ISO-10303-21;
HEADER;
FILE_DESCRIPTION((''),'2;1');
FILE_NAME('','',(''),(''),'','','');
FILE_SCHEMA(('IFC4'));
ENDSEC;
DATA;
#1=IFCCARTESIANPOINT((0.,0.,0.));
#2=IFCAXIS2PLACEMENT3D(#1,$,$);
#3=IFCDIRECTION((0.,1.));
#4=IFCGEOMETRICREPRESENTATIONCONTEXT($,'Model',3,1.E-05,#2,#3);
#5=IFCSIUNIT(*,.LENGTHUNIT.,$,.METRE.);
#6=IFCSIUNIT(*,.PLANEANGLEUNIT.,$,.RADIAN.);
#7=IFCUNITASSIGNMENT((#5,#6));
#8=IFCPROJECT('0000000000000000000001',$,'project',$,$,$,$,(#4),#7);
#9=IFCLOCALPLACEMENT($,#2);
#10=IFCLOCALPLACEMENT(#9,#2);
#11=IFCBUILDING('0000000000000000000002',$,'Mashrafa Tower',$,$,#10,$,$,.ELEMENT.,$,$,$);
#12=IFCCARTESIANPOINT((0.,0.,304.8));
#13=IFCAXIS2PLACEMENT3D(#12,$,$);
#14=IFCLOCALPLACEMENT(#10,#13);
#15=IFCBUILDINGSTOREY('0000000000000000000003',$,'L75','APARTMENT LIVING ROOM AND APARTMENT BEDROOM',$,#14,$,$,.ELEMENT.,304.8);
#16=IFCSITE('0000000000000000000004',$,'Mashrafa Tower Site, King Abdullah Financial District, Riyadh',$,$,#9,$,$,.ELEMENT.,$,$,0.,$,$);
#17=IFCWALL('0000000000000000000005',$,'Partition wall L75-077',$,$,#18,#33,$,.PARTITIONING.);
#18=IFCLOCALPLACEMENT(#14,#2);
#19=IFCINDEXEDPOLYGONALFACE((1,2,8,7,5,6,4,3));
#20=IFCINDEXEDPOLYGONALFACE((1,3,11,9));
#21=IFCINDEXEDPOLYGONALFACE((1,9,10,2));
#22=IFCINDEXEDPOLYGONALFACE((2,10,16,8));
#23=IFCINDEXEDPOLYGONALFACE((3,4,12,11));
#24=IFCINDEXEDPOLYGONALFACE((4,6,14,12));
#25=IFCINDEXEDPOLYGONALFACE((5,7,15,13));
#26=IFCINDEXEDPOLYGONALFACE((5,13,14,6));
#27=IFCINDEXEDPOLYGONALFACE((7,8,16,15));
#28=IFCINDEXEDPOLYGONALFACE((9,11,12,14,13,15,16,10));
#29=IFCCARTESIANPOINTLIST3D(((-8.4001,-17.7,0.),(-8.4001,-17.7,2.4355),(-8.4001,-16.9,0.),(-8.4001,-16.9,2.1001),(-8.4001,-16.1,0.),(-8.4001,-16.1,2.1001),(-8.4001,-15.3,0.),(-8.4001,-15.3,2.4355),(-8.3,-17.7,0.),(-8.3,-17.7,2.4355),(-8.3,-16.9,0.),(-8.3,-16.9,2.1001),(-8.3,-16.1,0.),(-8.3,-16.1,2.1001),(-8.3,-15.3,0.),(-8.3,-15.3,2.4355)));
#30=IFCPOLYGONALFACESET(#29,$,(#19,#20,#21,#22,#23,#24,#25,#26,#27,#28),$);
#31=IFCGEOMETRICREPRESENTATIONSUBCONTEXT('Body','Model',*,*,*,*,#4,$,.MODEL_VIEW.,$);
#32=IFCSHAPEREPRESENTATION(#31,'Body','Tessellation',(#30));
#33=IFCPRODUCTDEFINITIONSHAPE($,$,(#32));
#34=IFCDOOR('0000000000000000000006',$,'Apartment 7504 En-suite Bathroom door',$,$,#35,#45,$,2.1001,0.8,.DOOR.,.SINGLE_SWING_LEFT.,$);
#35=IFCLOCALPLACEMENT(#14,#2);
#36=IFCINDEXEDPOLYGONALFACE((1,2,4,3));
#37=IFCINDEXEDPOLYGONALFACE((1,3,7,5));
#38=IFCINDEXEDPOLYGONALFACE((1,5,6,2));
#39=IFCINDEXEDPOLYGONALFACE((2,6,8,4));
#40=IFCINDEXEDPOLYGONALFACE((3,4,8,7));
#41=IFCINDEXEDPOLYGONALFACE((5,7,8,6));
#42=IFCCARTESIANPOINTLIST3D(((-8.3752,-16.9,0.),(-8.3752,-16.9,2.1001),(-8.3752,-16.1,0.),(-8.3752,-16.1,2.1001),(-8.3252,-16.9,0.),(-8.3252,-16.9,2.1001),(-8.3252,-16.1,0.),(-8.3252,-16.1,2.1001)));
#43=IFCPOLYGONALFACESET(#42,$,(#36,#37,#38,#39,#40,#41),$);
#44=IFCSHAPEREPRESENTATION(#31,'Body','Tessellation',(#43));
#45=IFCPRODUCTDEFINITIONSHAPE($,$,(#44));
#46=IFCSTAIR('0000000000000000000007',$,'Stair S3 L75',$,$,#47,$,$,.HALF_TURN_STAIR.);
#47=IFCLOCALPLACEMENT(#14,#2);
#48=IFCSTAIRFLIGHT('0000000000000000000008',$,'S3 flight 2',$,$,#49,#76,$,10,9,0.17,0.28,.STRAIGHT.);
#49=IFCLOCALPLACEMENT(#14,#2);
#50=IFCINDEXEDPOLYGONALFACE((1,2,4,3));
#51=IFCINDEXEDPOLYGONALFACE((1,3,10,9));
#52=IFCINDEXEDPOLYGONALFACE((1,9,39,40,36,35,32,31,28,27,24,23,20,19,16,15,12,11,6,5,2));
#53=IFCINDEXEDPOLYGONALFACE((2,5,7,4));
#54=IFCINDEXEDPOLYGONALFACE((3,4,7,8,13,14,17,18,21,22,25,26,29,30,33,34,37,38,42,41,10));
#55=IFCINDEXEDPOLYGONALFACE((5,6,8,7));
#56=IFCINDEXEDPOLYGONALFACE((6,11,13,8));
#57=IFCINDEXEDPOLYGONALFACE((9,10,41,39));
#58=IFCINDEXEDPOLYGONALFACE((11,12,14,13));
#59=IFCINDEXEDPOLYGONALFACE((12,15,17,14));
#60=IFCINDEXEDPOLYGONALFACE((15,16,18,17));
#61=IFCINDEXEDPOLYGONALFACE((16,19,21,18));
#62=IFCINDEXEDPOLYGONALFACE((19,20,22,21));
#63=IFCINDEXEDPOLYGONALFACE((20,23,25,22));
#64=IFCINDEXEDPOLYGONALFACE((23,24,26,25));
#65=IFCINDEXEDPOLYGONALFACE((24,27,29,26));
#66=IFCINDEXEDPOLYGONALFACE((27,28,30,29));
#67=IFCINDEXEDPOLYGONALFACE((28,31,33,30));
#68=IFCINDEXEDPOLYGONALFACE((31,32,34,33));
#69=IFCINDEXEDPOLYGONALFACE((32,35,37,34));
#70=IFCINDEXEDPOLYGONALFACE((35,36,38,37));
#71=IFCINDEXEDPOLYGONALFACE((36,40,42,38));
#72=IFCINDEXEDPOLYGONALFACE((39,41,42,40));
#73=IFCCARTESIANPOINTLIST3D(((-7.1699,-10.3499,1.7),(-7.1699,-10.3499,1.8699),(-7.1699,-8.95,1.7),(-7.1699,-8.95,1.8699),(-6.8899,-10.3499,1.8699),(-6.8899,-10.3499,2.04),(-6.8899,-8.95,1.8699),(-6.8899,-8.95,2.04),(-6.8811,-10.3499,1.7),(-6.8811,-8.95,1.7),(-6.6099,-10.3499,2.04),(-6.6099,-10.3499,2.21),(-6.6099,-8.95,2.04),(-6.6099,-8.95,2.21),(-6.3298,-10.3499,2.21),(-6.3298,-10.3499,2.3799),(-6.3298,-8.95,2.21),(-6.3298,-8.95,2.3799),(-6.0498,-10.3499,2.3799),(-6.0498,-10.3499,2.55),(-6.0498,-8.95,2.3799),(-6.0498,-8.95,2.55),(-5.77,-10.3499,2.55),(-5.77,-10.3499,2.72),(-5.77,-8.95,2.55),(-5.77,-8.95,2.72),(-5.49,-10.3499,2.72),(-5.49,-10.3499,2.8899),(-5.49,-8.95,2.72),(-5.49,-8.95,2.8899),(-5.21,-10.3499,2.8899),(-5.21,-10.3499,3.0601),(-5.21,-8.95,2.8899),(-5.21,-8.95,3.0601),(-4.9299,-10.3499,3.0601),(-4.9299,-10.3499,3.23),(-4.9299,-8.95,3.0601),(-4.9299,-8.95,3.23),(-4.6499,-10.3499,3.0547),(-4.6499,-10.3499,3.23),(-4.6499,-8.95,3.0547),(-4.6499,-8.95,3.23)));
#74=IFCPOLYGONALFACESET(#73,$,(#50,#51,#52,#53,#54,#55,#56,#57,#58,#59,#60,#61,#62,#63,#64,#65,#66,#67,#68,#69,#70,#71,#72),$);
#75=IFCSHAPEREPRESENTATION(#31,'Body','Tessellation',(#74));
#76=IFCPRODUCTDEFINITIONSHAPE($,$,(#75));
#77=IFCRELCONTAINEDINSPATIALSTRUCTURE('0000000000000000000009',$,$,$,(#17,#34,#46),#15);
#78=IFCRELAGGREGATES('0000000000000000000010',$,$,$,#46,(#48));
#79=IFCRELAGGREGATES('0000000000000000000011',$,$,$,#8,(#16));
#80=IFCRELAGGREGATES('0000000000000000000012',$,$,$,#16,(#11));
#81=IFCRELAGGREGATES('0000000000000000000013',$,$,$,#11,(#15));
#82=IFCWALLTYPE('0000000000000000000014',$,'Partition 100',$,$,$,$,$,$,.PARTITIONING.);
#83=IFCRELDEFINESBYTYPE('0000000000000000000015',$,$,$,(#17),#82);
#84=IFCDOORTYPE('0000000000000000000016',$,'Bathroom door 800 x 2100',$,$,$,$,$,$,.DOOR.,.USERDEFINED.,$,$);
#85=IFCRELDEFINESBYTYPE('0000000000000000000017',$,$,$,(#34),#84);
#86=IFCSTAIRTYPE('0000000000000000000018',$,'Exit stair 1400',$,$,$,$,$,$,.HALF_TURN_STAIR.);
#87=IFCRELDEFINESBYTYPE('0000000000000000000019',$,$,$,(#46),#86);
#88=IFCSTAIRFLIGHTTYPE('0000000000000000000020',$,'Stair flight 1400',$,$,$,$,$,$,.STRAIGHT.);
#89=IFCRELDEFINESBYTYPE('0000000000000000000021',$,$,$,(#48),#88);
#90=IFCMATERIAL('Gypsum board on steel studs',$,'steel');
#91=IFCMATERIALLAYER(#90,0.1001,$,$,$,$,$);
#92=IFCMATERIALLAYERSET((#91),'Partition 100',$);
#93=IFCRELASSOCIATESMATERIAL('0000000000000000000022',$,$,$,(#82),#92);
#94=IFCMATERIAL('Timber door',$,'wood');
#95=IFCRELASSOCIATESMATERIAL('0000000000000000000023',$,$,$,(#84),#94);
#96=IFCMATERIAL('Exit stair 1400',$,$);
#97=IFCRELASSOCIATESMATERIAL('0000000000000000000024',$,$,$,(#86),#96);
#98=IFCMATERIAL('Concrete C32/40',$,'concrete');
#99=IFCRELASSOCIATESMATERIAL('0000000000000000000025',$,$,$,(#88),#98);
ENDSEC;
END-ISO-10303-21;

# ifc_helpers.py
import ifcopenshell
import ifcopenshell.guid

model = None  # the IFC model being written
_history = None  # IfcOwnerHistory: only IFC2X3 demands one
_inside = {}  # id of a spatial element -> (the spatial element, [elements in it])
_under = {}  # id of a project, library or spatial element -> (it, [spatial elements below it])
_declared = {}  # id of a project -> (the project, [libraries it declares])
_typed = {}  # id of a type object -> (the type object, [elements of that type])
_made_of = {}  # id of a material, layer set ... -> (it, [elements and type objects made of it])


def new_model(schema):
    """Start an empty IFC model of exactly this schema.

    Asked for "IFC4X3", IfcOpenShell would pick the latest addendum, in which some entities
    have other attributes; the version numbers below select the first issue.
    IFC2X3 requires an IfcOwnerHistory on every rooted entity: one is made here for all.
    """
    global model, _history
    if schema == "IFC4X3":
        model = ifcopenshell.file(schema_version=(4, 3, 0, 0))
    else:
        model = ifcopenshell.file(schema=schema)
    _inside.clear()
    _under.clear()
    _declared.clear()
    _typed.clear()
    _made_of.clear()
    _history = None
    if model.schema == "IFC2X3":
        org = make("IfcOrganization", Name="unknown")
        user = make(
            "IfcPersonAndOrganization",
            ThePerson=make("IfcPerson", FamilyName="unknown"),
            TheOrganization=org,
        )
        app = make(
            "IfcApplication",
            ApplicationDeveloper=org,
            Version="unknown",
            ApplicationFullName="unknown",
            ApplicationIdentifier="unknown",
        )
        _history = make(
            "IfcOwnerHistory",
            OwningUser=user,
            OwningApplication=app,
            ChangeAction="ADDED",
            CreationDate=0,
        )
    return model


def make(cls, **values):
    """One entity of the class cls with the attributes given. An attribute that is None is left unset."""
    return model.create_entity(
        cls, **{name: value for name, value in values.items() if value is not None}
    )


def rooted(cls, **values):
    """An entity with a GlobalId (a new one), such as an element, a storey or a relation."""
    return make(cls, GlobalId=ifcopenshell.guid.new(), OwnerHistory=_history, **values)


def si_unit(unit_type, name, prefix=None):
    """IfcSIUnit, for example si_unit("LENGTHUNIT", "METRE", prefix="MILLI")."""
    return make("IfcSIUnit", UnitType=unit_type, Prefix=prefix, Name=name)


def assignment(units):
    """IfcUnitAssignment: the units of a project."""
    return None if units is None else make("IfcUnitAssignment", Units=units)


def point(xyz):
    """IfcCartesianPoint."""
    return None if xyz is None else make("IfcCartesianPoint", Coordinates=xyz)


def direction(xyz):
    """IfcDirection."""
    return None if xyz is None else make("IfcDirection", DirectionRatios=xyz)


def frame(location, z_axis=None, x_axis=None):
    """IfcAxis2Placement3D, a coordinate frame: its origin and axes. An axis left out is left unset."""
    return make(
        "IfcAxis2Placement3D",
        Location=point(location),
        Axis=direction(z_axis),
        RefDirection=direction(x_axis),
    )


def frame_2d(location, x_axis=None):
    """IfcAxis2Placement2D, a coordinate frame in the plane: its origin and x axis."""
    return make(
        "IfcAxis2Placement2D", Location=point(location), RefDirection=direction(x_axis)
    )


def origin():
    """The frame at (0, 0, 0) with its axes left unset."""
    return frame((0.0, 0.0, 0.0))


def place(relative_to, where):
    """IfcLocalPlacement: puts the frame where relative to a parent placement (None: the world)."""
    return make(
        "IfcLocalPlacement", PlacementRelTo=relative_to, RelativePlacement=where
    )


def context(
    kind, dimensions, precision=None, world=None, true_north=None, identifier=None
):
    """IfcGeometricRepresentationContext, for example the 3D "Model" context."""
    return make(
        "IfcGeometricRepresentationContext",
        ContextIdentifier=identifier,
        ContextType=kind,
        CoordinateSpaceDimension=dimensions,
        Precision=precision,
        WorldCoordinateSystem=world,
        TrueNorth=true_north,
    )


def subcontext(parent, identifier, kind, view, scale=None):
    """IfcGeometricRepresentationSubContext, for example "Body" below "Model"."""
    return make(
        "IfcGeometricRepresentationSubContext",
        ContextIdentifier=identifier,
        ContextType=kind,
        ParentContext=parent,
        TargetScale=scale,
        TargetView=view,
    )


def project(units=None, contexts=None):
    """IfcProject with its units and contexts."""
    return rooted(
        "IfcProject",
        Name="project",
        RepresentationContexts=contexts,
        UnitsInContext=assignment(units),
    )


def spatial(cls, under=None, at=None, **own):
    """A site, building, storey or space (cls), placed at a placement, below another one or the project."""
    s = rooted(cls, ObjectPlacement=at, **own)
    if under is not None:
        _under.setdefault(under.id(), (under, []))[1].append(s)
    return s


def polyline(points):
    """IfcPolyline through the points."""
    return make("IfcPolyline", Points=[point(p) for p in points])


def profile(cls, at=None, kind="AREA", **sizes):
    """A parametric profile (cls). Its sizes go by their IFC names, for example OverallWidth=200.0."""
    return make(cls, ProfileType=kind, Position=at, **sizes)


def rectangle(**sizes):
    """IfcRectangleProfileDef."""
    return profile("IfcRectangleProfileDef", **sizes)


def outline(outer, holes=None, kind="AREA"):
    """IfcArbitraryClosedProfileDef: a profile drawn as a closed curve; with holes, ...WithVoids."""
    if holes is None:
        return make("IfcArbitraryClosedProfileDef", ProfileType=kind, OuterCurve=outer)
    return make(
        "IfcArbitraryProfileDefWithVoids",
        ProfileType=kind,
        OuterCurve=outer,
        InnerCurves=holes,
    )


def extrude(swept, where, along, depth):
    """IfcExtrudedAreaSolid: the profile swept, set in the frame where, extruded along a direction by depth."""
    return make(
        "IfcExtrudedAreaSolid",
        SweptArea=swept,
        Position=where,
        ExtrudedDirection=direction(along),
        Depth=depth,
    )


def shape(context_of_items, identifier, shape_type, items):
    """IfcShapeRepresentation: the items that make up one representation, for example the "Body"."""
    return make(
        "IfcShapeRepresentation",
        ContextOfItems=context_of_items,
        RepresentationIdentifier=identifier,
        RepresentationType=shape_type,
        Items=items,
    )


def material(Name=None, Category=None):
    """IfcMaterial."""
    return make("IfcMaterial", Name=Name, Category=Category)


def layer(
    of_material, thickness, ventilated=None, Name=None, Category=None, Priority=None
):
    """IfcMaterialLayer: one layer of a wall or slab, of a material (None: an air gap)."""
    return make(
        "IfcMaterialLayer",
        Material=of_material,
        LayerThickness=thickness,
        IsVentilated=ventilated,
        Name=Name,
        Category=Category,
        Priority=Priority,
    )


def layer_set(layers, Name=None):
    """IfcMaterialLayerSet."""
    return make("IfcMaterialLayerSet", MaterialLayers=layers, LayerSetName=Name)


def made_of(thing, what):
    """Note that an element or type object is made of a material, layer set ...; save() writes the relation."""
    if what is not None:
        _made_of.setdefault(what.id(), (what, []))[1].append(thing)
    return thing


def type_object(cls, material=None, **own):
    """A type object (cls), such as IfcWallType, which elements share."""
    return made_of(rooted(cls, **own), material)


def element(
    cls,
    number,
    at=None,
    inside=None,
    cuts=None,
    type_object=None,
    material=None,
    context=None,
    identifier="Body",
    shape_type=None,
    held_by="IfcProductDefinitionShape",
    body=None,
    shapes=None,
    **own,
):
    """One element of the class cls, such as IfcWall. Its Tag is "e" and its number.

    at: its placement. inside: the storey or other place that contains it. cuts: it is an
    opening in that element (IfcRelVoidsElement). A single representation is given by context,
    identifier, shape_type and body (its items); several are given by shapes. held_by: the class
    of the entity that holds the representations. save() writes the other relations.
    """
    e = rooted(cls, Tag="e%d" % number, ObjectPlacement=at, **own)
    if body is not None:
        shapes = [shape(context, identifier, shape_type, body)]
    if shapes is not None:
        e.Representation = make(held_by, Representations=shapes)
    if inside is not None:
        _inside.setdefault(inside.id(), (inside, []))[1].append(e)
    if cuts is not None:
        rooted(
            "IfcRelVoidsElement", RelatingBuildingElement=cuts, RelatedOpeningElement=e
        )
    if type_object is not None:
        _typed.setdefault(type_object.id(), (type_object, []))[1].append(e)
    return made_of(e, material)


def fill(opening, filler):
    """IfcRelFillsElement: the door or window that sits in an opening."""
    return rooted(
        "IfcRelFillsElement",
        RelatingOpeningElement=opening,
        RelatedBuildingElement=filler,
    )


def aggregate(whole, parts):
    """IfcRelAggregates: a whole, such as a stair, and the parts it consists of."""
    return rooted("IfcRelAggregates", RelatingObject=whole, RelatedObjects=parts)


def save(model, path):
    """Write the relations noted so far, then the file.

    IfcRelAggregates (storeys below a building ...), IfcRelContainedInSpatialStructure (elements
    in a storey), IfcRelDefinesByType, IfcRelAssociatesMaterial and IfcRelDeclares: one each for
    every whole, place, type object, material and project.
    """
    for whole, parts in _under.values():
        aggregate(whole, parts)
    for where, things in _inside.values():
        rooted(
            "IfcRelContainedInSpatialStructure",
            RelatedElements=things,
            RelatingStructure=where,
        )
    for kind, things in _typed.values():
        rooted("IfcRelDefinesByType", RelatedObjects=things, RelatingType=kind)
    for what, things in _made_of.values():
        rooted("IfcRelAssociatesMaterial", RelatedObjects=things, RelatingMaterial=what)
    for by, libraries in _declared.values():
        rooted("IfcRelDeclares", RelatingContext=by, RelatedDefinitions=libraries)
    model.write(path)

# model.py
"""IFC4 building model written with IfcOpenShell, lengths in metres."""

from ifc_helpers import new_model, si_unit, direction, frame, frame_2d, origin, place, context, subcontext, project, spatial, polyline, rectangle, outline, extrude, material, layer, layer_set, type_object, element, fill, aggregate, save


model = new_model("IFC4")

# Units and contexts
model_context = context("Model", 3, precision=1e-05, world=origin(), true_north=direction((0.0, 1.0)))
body_context = subcontext(model_context, "Body", "Model", "MODEL_VIEW")
ifc_project = project(units=[si_unit("LENGTHUNIT", "METRE"), si_unit("PLANEANGLEUNIT", "RADIAN")], contexts=[model_context])

# Site, building, storey
site_placement = place(None, origin())
site = spatial("IfcSite", under=ifc_project, at=site_placement, Name="Mashrafa Tower Site, King Abdullah Financial District, Riyadh", CompositionType="ELEMENT", RefElevation=0.0)
building_placement = place(site_placement, origin())
building = spatial("IfcBuilding", under=site, at=building_placement, Name="Mashrafa Tower", CompositionType="ELEMENT")
storey_placement = place(building_placement, frame((0.0, 0.0, 304.8)))
storey = spatial("IfcBuildingStorey", under=building, at=storey_placement, Name="L75", Description="APARTMENT LIVING ROOM AND APARTMENT BEDROOM", CompositionType="ELEMENT", Elevation=304.8)

# Shared definitions
ifc_material_1 = material(Name="Gypsum board on steel studs", Category="steel")
ifc_layer_1 = layer(ifc_material_1, 0.1001)
ifc_layer_set_1 = layer_set([ifc_layer_1], Name="Partition 100")
wall_type_1 = type_object("IfcWallType", Name="Partition 100", PredefinedType="PARTITIONING", material=ifc_layer_set_1)

# Wall, opening, door
wall_1_placement = place(storey_placement, frame((-8.3501, -15.3, 0.0), z_axis=(0.0, 0.0, 1.0), x_axis=(0.0, -1.0, 0.0)))
wall_1 = element("IfcWall", 1, at=wall_1_placement, inside=storey, type_object=wall_type_1, Name="Partition wall L75-077", PredefinedType="PARTITIONING", context=body_context, shape_type="SweptSolid", body=[
    extrude(rectangle(XDim=2.3999, YDim=0.1001, at=frame_2d((1.2, 0.0))), origin(), (0.0, 0.0, 1.0), 2.4355),
])
opening_1_placement = place(wall_1_placement, frame((0.8, 0.0, 0.0)))
opening_1 = element("IfcOpeningElement", 2, at=opening_1_placement, cuts=wall_1, PredefinedType="OPENING", context=body_context, shape_type="SweptSolid", body=[
    extrude(rectangle(XDim=0.8, YDim=2.1001, at=frame_2d((0.3999, 1.05))), frame((0.0, 0.0601, 0.0), z_axis=(0.0, -1.0, 0.0), x_axis=(1.0, 0.0, 0.0)), (0.0, 0.0, 1.0), 0.1201),
])
ifc_material_2 = material(Name="Timber door", Category="wood")
door_type_1 = type_object("IfcDoorType", Name="Bathroom door 800 x 2100", OperationType="USERDEFINED", PredefinedType="DOOR", material=ifc_material_2)
door_1_placement = place(opening_1_placement, origin())
door_1 = element("IfcDoor", 3, at=door_1_placement, inside=storey, type_object=door_type_1, Name="Apartment 7504 En-suite Bathroom door", OperationType="SINGLE_SWING_LEFT", OverallHeight=2.1001, OverallWidth=0.8, PredefinedType="DOOR", context=body_context, shape_type="SweptSolid", body=[
    extrude(rectangle(XDim=0.8, YDim=2.1001, at=frame_2d((0.3999, 1.05))), frame((0.0, 0.0249, 0.0), z_axis=(0.0, -1.0, 0.0), x_axis=(1.0, 0.0, 0.0)), (0.0, 0.0, 1.0), 0.05),
])
fill(opening_1, door_1)

# Stair, stair flight
ifc_material_3 = material(Name="Exit stair 1400")
stair_type = type_object("IfcStairType", Name="Exit stair 1400", PredefinedType="HALF_TURN_STAIR", material=ifc_material_3)
stair_placement = place(storey_placement, origin())
stair = element("IfcStair", 4, at=stair_placement, inside=storey, type_object=stair_type, Name="Stair S3 L75", PredefinedType="HALF_TURN_STAIR")
ifc_material_4 = material(Name="Concrete C32/40", Category="concrete")
stair_flight_type = type_object("IfcStairFlightType", Name="Stair flight 1400", PredefinedType="STRAIGHT", material=ifc_material_4)
stair_flight_placement = place(storey_placement, frame((-7.1699, -9.6499, 1.7), z_axis=(0.0, 0.0, 1.0), x_axis=(1.0, 0.0, 0.0)))
stair_flight = element("IfcStairFlight", 5, at=stair_flight_placement, type_object=stair_flight_type, Name="S3 flight 2", NumberOfRisers=10, NumberOfTreads=9, PredefinedType="STRAIGHT", RiserHeight=0.17, TreadLength=0.28, context=body_context, shape_type="SweptSolid", body=[
    extrude(outline(polyline([(0.0, 0.0), (0.0, 0.1699), (0.28, 0.1699), (0.28, 0.3401), (0.5601, 0.3401), (0.5601, 0.51), (0.8401, 0.51), (0.8401, 0.6799), (1.1201, 0.6799), (1.1201, 0.8501), (1.3999, 0.8501), (1.3999, 1.02), (1.6799, 1.02), (1.6799, 1.1899), (1.96, 1.1899), (1.96, 1.3601), (2.24, 1.3601), (2.24, 1.53), (2.52, 1.53), (2.52, 1.7), (2.52, 1.3547), (0.2888, 0.0), (0.0, 0.0)])), frame((0.0, 0.7, 0.0), z_axis=(0.0, -1.0, 0.0), x_axis=(1.0, 0.0, 0.0)), (0.0, 0.0, 1.0), 1.3999),
])
aggregate(stair, [stair_flight])

save(model, "model.ifc")
